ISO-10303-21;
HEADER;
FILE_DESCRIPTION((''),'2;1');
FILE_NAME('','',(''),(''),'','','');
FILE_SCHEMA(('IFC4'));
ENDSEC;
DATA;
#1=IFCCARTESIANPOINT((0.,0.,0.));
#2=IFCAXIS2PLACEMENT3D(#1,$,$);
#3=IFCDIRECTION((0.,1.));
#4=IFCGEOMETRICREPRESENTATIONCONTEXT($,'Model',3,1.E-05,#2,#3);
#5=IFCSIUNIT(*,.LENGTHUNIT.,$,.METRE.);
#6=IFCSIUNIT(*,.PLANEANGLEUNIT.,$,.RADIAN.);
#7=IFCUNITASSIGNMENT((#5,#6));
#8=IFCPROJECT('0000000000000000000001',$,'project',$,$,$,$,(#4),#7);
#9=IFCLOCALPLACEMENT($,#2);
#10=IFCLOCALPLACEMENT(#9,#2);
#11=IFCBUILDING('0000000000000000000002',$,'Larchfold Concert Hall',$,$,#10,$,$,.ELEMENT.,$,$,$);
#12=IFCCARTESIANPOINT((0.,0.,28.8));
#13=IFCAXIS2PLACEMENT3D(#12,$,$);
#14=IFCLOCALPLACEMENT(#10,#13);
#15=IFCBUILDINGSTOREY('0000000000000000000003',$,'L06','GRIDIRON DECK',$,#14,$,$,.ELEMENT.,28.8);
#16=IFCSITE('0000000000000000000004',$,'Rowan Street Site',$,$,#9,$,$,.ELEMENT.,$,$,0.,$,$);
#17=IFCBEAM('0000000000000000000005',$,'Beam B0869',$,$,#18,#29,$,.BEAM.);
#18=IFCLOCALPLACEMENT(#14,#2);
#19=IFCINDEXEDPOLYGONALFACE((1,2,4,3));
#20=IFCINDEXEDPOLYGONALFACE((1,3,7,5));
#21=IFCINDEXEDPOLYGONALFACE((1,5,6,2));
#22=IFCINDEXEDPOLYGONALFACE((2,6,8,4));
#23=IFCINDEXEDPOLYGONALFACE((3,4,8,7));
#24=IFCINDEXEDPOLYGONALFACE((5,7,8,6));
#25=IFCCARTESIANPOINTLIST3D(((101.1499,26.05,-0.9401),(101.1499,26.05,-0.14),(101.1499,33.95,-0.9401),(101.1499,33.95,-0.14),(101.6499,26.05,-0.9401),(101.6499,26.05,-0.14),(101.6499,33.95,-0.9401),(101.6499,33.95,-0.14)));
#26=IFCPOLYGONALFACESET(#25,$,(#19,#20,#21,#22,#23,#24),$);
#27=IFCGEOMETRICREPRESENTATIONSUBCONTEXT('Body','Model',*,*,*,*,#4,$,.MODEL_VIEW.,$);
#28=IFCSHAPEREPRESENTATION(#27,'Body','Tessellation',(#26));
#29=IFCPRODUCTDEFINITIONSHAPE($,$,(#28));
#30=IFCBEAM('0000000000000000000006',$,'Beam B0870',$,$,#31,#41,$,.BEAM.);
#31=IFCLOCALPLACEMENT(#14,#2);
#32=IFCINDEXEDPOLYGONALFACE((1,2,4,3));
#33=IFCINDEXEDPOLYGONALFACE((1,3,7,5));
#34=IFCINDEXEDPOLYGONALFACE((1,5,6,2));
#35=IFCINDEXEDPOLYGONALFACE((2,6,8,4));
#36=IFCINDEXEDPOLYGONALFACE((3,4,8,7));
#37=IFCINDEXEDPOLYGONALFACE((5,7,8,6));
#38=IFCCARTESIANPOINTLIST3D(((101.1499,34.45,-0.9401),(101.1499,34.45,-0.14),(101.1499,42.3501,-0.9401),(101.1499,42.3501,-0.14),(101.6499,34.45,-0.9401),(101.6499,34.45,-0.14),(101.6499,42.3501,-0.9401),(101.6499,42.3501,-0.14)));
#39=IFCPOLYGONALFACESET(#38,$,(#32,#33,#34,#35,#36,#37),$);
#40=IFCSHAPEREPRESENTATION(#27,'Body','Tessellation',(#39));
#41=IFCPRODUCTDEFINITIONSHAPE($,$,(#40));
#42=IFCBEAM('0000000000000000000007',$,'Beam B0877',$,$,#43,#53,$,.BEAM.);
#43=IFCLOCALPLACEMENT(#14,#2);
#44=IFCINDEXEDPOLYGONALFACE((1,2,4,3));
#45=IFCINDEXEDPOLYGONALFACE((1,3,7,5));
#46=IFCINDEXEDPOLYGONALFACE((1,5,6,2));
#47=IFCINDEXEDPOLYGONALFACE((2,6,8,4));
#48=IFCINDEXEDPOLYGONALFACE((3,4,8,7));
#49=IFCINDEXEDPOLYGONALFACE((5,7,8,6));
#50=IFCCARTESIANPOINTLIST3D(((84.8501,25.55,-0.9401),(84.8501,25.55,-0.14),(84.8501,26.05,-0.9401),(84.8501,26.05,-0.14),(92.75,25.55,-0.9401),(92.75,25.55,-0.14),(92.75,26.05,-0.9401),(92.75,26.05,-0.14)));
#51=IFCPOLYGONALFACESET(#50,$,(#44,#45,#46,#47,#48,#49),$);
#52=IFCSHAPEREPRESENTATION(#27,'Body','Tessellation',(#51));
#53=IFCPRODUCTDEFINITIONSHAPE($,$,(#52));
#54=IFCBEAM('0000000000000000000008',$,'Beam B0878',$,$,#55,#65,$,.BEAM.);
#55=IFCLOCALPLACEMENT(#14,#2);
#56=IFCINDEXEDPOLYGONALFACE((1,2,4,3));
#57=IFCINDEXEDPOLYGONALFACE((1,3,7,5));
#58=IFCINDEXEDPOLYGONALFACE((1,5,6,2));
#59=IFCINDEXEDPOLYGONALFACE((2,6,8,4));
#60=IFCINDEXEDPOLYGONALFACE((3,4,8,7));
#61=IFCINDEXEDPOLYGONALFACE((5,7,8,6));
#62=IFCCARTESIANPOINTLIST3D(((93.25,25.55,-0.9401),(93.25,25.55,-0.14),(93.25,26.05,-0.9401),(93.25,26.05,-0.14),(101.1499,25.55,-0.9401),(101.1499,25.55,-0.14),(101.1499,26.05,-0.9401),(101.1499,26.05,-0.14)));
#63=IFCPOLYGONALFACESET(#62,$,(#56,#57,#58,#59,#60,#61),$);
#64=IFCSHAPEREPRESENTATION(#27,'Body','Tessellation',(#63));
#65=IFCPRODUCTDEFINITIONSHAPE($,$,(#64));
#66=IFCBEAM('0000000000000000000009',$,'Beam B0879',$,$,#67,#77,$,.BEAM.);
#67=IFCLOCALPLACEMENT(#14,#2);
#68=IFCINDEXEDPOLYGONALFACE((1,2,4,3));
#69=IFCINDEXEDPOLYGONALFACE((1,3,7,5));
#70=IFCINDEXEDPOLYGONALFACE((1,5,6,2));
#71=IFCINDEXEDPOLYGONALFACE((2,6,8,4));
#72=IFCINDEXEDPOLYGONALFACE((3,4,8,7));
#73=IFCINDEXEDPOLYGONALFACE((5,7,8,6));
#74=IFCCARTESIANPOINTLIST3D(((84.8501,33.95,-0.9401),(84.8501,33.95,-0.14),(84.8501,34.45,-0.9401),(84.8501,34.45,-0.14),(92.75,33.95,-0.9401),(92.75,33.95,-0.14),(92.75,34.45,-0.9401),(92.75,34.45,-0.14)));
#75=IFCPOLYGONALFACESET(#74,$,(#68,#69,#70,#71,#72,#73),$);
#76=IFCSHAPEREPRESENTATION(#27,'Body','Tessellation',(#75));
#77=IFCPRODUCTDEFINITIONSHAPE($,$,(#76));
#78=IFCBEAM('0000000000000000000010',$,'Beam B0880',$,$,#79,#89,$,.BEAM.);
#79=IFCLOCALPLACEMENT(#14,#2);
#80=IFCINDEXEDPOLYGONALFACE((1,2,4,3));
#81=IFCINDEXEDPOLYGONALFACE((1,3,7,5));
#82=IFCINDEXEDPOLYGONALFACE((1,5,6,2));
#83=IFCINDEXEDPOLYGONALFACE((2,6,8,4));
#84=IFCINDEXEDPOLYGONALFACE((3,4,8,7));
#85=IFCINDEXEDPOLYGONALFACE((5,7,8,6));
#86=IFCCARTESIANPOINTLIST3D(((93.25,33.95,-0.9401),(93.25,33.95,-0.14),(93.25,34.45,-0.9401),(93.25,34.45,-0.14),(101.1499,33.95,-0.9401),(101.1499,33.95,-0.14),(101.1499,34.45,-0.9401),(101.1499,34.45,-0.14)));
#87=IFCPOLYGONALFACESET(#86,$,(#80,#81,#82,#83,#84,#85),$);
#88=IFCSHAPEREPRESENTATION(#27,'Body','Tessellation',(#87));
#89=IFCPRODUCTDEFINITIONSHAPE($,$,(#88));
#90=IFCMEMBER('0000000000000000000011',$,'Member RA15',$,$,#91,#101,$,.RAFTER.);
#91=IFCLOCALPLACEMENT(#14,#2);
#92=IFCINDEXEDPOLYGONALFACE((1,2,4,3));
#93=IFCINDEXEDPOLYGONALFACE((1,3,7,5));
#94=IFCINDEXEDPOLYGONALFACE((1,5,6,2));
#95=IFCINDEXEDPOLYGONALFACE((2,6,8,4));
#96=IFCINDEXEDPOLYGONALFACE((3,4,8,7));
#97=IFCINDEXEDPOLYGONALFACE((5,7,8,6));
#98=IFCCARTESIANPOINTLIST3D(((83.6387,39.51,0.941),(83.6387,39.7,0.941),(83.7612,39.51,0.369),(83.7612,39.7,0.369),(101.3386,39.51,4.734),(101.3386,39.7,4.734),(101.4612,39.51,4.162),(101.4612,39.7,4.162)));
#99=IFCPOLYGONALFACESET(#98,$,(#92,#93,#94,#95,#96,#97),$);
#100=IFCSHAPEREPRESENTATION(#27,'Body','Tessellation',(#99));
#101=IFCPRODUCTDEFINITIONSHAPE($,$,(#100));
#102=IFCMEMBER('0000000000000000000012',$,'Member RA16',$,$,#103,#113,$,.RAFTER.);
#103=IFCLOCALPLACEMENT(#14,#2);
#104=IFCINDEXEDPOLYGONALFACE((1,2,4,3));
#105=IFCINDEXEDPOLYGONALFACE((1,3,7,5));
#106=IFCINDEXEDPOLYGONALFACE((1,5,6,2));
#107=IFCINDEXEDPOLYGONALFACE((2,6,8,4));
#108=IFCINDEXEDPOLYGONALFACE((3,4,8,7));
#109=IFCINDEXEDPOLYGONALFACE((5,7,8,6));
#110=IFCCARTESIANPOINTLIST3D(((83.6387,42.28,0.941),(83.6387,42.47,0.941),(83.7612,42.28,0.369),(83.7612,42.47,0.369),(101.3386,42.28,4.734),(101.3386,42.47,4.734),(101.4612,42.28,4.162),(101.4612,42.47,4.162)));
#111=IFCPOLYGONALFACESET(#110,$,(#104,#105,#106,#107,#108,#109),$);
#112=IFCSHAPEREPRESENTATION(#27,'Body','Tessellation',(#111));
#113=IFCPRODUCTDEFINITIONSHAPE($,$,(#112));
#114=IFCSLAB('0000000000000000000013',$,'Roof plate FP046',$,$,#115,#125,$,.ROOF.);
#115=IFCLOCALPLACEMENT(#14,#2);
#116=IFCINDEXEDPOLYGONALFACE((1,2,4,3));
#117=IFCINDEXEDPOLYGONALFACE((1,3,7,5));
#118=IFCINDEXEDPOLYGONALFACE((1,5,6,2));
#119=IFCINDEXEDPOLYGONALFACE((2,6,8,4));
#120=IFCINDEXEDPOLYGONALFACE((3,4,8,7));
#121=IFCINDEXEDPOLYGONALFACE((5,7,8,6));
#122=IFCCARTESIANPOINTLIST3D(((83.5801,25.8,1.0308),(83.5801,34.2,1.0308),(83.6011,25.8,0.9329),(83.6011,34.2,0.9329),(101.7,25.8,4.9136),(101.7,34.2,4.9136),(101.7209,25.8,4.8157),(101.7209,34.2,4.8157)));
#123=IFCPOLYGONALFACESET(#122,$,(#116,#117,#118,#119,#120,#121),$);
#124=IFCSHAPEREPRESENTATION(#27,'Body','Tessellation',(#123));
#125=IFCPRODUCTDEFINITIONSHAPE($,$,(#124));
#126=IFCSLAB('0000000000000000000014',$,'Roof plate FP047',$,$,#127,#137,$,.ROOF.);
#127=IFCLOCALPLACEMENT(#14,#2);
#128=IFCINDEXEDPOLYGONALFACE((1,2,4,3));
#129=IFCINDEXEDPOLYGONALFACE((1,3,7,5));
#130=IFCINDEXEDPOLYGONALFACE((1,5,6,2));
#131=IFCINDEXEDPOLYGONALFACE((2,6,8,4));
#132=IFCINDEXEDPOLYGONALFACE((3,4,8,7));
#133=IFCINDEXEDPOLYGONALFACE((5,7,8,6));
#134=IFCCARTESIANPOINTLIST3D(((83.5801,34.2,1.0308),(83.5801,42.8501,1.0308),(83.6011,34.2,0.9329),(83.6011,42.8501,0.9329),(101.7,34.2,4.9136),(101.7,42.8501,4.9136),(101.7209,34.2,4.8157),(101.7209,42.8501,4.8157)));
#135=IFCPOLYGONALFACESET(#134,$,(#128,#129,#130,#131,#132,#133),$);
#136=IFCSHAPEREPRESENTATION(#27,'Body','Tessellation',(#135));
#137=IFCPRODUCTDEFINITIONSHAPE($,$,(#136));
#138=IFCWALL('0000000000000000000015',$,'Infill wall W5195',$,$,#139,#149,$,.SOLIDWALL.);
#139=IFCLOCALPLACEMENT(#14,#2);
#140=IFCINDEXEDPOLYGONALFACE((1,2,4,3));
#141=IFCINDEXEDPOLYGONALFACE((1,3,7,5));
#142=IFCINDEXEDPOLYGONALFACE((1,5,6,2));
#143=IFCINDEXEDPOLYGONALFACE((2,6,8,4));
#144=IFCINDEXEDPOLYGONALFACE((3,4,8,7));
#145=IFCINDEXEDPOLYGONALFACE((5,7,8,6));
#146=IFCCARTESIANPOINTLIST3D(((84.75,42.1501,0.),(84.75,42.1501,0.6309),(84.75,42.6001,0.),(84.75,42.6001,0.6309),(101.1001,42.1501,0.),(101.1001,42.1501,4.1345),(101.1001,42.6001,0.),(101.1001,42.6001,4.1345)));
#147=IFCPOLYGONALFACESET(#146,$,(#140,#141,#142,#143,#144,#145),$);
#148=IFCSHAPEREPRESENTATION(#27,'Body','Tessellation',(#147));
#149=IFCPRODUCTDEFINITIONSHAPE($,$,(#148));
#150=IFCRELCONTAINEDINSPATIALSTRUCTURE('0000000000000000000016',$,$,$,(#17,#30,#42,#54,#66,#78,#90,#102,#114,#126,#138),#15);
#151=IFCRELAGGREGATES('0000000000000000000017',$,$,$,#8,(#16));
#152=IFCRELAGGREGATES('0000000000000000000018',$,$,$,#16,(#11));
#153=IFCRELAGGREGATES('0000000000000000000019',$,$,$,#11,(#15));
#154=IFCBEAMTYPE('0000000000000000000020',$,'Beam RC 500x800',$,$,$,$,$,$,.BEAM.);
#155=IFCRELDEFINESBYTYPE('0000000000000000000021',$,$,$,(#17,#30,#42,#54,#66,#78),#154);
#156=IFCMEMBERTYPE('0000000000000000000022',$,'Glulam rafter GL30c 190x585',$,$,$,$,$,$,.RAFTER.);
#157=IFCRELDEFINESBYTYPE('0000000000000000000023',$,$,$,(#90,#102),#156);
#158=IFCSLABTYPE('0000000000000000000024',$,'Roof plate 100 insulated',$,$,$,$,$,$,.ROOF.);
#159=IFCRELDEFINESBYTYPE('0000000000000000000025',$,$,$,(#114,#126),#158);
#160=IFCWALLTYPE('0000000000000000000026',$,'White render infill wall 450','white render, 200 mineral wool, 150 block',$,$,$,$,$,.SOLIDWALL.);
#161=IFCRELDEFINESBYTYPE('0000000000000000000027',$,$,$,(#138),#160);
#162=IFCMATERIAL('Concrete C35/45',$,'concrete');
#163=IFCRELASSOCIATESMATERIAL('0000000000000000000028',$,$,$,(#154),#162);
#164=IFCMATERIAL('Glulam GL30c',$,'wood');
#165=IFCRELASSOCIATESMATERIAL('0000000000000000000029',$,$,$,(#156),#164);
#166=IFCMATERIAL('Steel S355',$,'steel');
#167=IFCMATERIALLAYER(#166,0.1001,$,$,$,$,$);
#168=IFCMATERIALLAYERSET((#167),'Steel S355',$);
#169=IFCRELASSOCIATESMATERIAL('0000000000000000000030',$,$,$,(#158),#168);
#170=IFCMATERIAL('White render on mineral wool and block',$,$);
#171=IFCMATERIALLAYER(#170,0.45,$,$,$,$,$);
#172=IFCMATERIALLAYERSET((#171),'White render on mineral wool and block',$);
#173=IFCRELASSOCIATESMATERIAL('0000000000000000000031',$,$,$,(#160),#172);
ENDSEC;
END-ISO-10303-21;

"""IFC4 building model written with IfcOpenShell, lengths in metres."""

from ifc_helpers import new_model, si_unit, direction, frame, origin, origin_2d, place, context, subcontext, project, spatial, polyline, rectangle, outline, extrude, material, layer, layer_set, material_profile, profile_set, type_object, element, save


model = new_model("IFC4")

# Units and contexts
model_context = context("Model", 3, precision=1e-05, world=origin(), true_north=direction((0.0, 1.0)))
body_context = subcontext(model_context, "Body", "Model", "MODEL_VIEW")
ifc_project = project(units=[si_unit("LENGTHUNIT", "METRE"), si_unit("PLANEANGLEUNIT", "RADIAN")], contexts=[model_context])

# Site, building, storey
site_placement = place(None, origin())
site = spatial("IfcSite", under=ifc_project, at=site_placement, Name="Rowan Street Site", CompositionType="ELEMENT", RefElevation=0.0)
building_placement = place(site_placement, origin())
building = spatial("IfcBuilding", under=site, at=building_placement, Name="Larchfold Concert Hall", CompositionType="ELEMENT")
storey_placement = place(building_placement, frame((0.0, 0.0, 28.8)))
storey = spatial("IfcBuildingStorey", under=building, at=storey_placement, Name="L06", Description="GRIDIRON DECK", CompositionType="ELEMENT", Elevation=28.8)

# Beams
ifc_material_1 = material(Name="Concrete C35/45", Category="concrete")
ifc_material_profile_1 = material_profile(ifc_material_1, rectangle(XDim=0.5, YDim=0.8, at=origin_2d()))
ifc_profile_set_1 = profile_set([ifc_material_profile_1], Name="Concrete C35/45")
beam_type_1 = type_object("IfcBeamType", Name="Beam RC 500x800", PredefinedType="BEAM", material=ifc_profile_set_1)
beam_1_placement = place(storey_placement, frame((101.3999, 26.05, -0.54), z_axis=(0.0, 1.0, 0.0), x_axis=(-1.0, 0.0, 0.0)))
element("IfcBeam", 1, at=beam_1_placement, inside=storey, type_object=beam_type_1, Name="Beam B0869", PredefinedType="BEAM", context=body_context, shape_type="SweptSolid", body=[
    extrude(rectangle(XDim=0.5, YDim=0.8, at=origin_2d()), origin(), (0.0, 0.0, 1.0), 7.8999),
])
beam_2_placement = place(storey_placement, frame((101.3999, 34.45, -0.54), z_axis=(0.0, 1.0, 0.0), x_axis=(-1.0, 0.0, 0.0)))
element("IfcBeam", 2, at=beam_2_placement, inside=storey, type_object=beam_type_1, Name="Beam B0870", PredefinedType="BEAM", context=body_context, shape_type="SweptSolid", body=[
    extrude(rectangle(XDim=0.5, YDim=0.8, at=origin_2d()), origin(), (0.0, 0.0, 1.0), 7.9001),
])
for number, where, z_axis, x_axis, name in (
    (3, (84.8501, 25.8, -0.54), (1.0, 0.0, 0.0), (0.0, 1.0, 0.0), "Beam B0877"),
    (4, (93.25, 25.8, -0.54), (1.0, 0.0, 0.0), (0.0, 1.0, 0.0), "Beam B0878"),
    (5, (84.8501, 34.2, -0.54), (1.0, 0.0, 0.0), (0.0, 1.0, 0.0), "Beam B0879"),
    (6, (93.25, 34.2, -0.54), (1.0, 0.0, 0.0), (0.0, 1.0, 0.0), "Beam B0880"),
):
    element("IfcBeam", number, at=place(storey_placement, frame(where, z_axis=z_axis, x_axis=x_axis)), inside=storey, type_object=beam_type_1, Name=name, PredefinedType="BEAM", context=body_context, shape_type="SweptSolid", body=[
        extrude(rectangle(XDim=0.5, YDim=0.8, at=origin_2d()), origin(), (0.0, 0.0, 1.0), 7.8999),
    ])

# Members
ifc_material_2 = material(Name="Glulam GL30c", Category="wood")
ifc_material_profile_2 = material_profile(ifc_material_2, rectangle(XDim=0.1899, YDim=0.585, at=origin_2d()))
ifc_profile_set_2 = profile_set([ifc_material_profile_2], Name="Glulam GL30c")
member_type = type_object("IfcMemberType", Name="Glulam rafter GL30c 190x585", PredefinedType="RAFTER", material=ifc_profile_set_2)
for number, where, z_axis, x_axis, name in (
    (7, (83.7, 39.605, 0.655), (0.977801, 0.0, 0.209536), (0.0, 1.0, 0.0), "Member RA15"),
    (8, (83.7, 42.375, 0.655), (0.977801, 0.0, 0.209536), (0.0, 1.0, 0.0), "Member RA16"),
):
    element("IfcMember", number, at=place(storey_placement, frame(where, z_axis=z_axis, x_axis=x_axis)), inside=storey, type_object=member_type, Name=name, PredefinedType="RAFTER", context=body_context, shape_type="SweptSolid", body=[
        extrude(rectangle(XDim=0.1899, YDim=0.585, at=origin_2d()), origin(), (0.0, 0.0, 1.0), 18.1018),
    ])

# Slabs
ifc_material_3 = material(Name="Steel S355", Category="steel")
ifc_layer_1 = layer(ifc_material_3, 0.1001)
ifc_layer_set_1 = layer_set([ifc_layer_1], Name="Steel S355")
slab_type = type_object("IfcSlabType", Name="Roof plate 100 insulated", PredefinedType="ROOF", material=ifc_layer_set_1)
slab_1_placement = place(storey_placement, frame((101.7, 25.8, 4.9136), z_axis=(-0.209528, 0.0, 0.977803), x_axis=(0.0, 1.0, 0.0)))
element("IfcSlab", 9, at=slab_1_placement, inside=storey, type_object=slab_type, Name="Roof plate FP046", PredefinedType="ROOF", context=body_context, shape_type="SweptSolid", body=[
    extrude(outline(polyline([(0.0, 0.0), (8.3999, 0.0), (8.3999, 18.5312), (0.0, 18.5312), (0.0, 0.0)])), origin(), (0.0, 0.0, -1.0), 0.1001),
])
slab_2_placement = place(storey_placement, frame((101.7, 34.2, 4.9136), z_axis=(-0.209528, 0.0, 0.977803), x_axis=(0.0, 1.0, 0.0)))
element("IfcSlab", 10, at=slab_2_placement, inside=storey, type_object=slab_type, Name="Roof plate FP047", PredefinedType="ROOF", context=body_context, shape_type="SweptSolid", body=[
    extrude(outline(polyline([(0.0, 0.0), (8.6501, 0.0), (8.6501, 18.5312), (0.0, 18.5312), (0.0, 0.0)])), origin(), (0.0, 0.0, -1.0), 0.1001),
])

# Wall
ifc_material_4 = material(Name="White render on mineral wool and block")
ifc_layer_2 = layer(ifc_material_4, 0.45)
ifc_layer_set_2 = layer_set([ifc_layer_2], Name="White render on mineral wool and block")
wall_type = type_object("IfcWallType", Name="White render infill wall 450", Description="white render, 200 mineral wool, 150 block", PredefinedType="SOLIDWALL", material=ifc_layer_set_2)
wall_placement = place(storey_placement, frame((84.75, 42.375, 0.0), z_axis=(0.0, 0.0, 1.0), x_axis=(1.0, 0.0, 0.0)))
element("IfcWall", 11, at=wall_placement, inside=storey, type_object=wall_type, Name="Infill wall W5195", PredefinedType="SOLIDWALL", context=body_context, shape_type="SweptSolid", body=[
    extrude(outline(polyline([(0.0, 0.0), (16.3501, 0.0), (16.3501, 4.1345), (0.0, 0.6309), (0.0, 0.0)])), frame((0.0, 0.2251, 0.0), z_axis=(0.0, -1.0, 0.0), x_axis=(1.0, 0.0, 0.0)), (0.0, 0.0, 1.0), 0.45),
])

save(model, "model.ifc")
